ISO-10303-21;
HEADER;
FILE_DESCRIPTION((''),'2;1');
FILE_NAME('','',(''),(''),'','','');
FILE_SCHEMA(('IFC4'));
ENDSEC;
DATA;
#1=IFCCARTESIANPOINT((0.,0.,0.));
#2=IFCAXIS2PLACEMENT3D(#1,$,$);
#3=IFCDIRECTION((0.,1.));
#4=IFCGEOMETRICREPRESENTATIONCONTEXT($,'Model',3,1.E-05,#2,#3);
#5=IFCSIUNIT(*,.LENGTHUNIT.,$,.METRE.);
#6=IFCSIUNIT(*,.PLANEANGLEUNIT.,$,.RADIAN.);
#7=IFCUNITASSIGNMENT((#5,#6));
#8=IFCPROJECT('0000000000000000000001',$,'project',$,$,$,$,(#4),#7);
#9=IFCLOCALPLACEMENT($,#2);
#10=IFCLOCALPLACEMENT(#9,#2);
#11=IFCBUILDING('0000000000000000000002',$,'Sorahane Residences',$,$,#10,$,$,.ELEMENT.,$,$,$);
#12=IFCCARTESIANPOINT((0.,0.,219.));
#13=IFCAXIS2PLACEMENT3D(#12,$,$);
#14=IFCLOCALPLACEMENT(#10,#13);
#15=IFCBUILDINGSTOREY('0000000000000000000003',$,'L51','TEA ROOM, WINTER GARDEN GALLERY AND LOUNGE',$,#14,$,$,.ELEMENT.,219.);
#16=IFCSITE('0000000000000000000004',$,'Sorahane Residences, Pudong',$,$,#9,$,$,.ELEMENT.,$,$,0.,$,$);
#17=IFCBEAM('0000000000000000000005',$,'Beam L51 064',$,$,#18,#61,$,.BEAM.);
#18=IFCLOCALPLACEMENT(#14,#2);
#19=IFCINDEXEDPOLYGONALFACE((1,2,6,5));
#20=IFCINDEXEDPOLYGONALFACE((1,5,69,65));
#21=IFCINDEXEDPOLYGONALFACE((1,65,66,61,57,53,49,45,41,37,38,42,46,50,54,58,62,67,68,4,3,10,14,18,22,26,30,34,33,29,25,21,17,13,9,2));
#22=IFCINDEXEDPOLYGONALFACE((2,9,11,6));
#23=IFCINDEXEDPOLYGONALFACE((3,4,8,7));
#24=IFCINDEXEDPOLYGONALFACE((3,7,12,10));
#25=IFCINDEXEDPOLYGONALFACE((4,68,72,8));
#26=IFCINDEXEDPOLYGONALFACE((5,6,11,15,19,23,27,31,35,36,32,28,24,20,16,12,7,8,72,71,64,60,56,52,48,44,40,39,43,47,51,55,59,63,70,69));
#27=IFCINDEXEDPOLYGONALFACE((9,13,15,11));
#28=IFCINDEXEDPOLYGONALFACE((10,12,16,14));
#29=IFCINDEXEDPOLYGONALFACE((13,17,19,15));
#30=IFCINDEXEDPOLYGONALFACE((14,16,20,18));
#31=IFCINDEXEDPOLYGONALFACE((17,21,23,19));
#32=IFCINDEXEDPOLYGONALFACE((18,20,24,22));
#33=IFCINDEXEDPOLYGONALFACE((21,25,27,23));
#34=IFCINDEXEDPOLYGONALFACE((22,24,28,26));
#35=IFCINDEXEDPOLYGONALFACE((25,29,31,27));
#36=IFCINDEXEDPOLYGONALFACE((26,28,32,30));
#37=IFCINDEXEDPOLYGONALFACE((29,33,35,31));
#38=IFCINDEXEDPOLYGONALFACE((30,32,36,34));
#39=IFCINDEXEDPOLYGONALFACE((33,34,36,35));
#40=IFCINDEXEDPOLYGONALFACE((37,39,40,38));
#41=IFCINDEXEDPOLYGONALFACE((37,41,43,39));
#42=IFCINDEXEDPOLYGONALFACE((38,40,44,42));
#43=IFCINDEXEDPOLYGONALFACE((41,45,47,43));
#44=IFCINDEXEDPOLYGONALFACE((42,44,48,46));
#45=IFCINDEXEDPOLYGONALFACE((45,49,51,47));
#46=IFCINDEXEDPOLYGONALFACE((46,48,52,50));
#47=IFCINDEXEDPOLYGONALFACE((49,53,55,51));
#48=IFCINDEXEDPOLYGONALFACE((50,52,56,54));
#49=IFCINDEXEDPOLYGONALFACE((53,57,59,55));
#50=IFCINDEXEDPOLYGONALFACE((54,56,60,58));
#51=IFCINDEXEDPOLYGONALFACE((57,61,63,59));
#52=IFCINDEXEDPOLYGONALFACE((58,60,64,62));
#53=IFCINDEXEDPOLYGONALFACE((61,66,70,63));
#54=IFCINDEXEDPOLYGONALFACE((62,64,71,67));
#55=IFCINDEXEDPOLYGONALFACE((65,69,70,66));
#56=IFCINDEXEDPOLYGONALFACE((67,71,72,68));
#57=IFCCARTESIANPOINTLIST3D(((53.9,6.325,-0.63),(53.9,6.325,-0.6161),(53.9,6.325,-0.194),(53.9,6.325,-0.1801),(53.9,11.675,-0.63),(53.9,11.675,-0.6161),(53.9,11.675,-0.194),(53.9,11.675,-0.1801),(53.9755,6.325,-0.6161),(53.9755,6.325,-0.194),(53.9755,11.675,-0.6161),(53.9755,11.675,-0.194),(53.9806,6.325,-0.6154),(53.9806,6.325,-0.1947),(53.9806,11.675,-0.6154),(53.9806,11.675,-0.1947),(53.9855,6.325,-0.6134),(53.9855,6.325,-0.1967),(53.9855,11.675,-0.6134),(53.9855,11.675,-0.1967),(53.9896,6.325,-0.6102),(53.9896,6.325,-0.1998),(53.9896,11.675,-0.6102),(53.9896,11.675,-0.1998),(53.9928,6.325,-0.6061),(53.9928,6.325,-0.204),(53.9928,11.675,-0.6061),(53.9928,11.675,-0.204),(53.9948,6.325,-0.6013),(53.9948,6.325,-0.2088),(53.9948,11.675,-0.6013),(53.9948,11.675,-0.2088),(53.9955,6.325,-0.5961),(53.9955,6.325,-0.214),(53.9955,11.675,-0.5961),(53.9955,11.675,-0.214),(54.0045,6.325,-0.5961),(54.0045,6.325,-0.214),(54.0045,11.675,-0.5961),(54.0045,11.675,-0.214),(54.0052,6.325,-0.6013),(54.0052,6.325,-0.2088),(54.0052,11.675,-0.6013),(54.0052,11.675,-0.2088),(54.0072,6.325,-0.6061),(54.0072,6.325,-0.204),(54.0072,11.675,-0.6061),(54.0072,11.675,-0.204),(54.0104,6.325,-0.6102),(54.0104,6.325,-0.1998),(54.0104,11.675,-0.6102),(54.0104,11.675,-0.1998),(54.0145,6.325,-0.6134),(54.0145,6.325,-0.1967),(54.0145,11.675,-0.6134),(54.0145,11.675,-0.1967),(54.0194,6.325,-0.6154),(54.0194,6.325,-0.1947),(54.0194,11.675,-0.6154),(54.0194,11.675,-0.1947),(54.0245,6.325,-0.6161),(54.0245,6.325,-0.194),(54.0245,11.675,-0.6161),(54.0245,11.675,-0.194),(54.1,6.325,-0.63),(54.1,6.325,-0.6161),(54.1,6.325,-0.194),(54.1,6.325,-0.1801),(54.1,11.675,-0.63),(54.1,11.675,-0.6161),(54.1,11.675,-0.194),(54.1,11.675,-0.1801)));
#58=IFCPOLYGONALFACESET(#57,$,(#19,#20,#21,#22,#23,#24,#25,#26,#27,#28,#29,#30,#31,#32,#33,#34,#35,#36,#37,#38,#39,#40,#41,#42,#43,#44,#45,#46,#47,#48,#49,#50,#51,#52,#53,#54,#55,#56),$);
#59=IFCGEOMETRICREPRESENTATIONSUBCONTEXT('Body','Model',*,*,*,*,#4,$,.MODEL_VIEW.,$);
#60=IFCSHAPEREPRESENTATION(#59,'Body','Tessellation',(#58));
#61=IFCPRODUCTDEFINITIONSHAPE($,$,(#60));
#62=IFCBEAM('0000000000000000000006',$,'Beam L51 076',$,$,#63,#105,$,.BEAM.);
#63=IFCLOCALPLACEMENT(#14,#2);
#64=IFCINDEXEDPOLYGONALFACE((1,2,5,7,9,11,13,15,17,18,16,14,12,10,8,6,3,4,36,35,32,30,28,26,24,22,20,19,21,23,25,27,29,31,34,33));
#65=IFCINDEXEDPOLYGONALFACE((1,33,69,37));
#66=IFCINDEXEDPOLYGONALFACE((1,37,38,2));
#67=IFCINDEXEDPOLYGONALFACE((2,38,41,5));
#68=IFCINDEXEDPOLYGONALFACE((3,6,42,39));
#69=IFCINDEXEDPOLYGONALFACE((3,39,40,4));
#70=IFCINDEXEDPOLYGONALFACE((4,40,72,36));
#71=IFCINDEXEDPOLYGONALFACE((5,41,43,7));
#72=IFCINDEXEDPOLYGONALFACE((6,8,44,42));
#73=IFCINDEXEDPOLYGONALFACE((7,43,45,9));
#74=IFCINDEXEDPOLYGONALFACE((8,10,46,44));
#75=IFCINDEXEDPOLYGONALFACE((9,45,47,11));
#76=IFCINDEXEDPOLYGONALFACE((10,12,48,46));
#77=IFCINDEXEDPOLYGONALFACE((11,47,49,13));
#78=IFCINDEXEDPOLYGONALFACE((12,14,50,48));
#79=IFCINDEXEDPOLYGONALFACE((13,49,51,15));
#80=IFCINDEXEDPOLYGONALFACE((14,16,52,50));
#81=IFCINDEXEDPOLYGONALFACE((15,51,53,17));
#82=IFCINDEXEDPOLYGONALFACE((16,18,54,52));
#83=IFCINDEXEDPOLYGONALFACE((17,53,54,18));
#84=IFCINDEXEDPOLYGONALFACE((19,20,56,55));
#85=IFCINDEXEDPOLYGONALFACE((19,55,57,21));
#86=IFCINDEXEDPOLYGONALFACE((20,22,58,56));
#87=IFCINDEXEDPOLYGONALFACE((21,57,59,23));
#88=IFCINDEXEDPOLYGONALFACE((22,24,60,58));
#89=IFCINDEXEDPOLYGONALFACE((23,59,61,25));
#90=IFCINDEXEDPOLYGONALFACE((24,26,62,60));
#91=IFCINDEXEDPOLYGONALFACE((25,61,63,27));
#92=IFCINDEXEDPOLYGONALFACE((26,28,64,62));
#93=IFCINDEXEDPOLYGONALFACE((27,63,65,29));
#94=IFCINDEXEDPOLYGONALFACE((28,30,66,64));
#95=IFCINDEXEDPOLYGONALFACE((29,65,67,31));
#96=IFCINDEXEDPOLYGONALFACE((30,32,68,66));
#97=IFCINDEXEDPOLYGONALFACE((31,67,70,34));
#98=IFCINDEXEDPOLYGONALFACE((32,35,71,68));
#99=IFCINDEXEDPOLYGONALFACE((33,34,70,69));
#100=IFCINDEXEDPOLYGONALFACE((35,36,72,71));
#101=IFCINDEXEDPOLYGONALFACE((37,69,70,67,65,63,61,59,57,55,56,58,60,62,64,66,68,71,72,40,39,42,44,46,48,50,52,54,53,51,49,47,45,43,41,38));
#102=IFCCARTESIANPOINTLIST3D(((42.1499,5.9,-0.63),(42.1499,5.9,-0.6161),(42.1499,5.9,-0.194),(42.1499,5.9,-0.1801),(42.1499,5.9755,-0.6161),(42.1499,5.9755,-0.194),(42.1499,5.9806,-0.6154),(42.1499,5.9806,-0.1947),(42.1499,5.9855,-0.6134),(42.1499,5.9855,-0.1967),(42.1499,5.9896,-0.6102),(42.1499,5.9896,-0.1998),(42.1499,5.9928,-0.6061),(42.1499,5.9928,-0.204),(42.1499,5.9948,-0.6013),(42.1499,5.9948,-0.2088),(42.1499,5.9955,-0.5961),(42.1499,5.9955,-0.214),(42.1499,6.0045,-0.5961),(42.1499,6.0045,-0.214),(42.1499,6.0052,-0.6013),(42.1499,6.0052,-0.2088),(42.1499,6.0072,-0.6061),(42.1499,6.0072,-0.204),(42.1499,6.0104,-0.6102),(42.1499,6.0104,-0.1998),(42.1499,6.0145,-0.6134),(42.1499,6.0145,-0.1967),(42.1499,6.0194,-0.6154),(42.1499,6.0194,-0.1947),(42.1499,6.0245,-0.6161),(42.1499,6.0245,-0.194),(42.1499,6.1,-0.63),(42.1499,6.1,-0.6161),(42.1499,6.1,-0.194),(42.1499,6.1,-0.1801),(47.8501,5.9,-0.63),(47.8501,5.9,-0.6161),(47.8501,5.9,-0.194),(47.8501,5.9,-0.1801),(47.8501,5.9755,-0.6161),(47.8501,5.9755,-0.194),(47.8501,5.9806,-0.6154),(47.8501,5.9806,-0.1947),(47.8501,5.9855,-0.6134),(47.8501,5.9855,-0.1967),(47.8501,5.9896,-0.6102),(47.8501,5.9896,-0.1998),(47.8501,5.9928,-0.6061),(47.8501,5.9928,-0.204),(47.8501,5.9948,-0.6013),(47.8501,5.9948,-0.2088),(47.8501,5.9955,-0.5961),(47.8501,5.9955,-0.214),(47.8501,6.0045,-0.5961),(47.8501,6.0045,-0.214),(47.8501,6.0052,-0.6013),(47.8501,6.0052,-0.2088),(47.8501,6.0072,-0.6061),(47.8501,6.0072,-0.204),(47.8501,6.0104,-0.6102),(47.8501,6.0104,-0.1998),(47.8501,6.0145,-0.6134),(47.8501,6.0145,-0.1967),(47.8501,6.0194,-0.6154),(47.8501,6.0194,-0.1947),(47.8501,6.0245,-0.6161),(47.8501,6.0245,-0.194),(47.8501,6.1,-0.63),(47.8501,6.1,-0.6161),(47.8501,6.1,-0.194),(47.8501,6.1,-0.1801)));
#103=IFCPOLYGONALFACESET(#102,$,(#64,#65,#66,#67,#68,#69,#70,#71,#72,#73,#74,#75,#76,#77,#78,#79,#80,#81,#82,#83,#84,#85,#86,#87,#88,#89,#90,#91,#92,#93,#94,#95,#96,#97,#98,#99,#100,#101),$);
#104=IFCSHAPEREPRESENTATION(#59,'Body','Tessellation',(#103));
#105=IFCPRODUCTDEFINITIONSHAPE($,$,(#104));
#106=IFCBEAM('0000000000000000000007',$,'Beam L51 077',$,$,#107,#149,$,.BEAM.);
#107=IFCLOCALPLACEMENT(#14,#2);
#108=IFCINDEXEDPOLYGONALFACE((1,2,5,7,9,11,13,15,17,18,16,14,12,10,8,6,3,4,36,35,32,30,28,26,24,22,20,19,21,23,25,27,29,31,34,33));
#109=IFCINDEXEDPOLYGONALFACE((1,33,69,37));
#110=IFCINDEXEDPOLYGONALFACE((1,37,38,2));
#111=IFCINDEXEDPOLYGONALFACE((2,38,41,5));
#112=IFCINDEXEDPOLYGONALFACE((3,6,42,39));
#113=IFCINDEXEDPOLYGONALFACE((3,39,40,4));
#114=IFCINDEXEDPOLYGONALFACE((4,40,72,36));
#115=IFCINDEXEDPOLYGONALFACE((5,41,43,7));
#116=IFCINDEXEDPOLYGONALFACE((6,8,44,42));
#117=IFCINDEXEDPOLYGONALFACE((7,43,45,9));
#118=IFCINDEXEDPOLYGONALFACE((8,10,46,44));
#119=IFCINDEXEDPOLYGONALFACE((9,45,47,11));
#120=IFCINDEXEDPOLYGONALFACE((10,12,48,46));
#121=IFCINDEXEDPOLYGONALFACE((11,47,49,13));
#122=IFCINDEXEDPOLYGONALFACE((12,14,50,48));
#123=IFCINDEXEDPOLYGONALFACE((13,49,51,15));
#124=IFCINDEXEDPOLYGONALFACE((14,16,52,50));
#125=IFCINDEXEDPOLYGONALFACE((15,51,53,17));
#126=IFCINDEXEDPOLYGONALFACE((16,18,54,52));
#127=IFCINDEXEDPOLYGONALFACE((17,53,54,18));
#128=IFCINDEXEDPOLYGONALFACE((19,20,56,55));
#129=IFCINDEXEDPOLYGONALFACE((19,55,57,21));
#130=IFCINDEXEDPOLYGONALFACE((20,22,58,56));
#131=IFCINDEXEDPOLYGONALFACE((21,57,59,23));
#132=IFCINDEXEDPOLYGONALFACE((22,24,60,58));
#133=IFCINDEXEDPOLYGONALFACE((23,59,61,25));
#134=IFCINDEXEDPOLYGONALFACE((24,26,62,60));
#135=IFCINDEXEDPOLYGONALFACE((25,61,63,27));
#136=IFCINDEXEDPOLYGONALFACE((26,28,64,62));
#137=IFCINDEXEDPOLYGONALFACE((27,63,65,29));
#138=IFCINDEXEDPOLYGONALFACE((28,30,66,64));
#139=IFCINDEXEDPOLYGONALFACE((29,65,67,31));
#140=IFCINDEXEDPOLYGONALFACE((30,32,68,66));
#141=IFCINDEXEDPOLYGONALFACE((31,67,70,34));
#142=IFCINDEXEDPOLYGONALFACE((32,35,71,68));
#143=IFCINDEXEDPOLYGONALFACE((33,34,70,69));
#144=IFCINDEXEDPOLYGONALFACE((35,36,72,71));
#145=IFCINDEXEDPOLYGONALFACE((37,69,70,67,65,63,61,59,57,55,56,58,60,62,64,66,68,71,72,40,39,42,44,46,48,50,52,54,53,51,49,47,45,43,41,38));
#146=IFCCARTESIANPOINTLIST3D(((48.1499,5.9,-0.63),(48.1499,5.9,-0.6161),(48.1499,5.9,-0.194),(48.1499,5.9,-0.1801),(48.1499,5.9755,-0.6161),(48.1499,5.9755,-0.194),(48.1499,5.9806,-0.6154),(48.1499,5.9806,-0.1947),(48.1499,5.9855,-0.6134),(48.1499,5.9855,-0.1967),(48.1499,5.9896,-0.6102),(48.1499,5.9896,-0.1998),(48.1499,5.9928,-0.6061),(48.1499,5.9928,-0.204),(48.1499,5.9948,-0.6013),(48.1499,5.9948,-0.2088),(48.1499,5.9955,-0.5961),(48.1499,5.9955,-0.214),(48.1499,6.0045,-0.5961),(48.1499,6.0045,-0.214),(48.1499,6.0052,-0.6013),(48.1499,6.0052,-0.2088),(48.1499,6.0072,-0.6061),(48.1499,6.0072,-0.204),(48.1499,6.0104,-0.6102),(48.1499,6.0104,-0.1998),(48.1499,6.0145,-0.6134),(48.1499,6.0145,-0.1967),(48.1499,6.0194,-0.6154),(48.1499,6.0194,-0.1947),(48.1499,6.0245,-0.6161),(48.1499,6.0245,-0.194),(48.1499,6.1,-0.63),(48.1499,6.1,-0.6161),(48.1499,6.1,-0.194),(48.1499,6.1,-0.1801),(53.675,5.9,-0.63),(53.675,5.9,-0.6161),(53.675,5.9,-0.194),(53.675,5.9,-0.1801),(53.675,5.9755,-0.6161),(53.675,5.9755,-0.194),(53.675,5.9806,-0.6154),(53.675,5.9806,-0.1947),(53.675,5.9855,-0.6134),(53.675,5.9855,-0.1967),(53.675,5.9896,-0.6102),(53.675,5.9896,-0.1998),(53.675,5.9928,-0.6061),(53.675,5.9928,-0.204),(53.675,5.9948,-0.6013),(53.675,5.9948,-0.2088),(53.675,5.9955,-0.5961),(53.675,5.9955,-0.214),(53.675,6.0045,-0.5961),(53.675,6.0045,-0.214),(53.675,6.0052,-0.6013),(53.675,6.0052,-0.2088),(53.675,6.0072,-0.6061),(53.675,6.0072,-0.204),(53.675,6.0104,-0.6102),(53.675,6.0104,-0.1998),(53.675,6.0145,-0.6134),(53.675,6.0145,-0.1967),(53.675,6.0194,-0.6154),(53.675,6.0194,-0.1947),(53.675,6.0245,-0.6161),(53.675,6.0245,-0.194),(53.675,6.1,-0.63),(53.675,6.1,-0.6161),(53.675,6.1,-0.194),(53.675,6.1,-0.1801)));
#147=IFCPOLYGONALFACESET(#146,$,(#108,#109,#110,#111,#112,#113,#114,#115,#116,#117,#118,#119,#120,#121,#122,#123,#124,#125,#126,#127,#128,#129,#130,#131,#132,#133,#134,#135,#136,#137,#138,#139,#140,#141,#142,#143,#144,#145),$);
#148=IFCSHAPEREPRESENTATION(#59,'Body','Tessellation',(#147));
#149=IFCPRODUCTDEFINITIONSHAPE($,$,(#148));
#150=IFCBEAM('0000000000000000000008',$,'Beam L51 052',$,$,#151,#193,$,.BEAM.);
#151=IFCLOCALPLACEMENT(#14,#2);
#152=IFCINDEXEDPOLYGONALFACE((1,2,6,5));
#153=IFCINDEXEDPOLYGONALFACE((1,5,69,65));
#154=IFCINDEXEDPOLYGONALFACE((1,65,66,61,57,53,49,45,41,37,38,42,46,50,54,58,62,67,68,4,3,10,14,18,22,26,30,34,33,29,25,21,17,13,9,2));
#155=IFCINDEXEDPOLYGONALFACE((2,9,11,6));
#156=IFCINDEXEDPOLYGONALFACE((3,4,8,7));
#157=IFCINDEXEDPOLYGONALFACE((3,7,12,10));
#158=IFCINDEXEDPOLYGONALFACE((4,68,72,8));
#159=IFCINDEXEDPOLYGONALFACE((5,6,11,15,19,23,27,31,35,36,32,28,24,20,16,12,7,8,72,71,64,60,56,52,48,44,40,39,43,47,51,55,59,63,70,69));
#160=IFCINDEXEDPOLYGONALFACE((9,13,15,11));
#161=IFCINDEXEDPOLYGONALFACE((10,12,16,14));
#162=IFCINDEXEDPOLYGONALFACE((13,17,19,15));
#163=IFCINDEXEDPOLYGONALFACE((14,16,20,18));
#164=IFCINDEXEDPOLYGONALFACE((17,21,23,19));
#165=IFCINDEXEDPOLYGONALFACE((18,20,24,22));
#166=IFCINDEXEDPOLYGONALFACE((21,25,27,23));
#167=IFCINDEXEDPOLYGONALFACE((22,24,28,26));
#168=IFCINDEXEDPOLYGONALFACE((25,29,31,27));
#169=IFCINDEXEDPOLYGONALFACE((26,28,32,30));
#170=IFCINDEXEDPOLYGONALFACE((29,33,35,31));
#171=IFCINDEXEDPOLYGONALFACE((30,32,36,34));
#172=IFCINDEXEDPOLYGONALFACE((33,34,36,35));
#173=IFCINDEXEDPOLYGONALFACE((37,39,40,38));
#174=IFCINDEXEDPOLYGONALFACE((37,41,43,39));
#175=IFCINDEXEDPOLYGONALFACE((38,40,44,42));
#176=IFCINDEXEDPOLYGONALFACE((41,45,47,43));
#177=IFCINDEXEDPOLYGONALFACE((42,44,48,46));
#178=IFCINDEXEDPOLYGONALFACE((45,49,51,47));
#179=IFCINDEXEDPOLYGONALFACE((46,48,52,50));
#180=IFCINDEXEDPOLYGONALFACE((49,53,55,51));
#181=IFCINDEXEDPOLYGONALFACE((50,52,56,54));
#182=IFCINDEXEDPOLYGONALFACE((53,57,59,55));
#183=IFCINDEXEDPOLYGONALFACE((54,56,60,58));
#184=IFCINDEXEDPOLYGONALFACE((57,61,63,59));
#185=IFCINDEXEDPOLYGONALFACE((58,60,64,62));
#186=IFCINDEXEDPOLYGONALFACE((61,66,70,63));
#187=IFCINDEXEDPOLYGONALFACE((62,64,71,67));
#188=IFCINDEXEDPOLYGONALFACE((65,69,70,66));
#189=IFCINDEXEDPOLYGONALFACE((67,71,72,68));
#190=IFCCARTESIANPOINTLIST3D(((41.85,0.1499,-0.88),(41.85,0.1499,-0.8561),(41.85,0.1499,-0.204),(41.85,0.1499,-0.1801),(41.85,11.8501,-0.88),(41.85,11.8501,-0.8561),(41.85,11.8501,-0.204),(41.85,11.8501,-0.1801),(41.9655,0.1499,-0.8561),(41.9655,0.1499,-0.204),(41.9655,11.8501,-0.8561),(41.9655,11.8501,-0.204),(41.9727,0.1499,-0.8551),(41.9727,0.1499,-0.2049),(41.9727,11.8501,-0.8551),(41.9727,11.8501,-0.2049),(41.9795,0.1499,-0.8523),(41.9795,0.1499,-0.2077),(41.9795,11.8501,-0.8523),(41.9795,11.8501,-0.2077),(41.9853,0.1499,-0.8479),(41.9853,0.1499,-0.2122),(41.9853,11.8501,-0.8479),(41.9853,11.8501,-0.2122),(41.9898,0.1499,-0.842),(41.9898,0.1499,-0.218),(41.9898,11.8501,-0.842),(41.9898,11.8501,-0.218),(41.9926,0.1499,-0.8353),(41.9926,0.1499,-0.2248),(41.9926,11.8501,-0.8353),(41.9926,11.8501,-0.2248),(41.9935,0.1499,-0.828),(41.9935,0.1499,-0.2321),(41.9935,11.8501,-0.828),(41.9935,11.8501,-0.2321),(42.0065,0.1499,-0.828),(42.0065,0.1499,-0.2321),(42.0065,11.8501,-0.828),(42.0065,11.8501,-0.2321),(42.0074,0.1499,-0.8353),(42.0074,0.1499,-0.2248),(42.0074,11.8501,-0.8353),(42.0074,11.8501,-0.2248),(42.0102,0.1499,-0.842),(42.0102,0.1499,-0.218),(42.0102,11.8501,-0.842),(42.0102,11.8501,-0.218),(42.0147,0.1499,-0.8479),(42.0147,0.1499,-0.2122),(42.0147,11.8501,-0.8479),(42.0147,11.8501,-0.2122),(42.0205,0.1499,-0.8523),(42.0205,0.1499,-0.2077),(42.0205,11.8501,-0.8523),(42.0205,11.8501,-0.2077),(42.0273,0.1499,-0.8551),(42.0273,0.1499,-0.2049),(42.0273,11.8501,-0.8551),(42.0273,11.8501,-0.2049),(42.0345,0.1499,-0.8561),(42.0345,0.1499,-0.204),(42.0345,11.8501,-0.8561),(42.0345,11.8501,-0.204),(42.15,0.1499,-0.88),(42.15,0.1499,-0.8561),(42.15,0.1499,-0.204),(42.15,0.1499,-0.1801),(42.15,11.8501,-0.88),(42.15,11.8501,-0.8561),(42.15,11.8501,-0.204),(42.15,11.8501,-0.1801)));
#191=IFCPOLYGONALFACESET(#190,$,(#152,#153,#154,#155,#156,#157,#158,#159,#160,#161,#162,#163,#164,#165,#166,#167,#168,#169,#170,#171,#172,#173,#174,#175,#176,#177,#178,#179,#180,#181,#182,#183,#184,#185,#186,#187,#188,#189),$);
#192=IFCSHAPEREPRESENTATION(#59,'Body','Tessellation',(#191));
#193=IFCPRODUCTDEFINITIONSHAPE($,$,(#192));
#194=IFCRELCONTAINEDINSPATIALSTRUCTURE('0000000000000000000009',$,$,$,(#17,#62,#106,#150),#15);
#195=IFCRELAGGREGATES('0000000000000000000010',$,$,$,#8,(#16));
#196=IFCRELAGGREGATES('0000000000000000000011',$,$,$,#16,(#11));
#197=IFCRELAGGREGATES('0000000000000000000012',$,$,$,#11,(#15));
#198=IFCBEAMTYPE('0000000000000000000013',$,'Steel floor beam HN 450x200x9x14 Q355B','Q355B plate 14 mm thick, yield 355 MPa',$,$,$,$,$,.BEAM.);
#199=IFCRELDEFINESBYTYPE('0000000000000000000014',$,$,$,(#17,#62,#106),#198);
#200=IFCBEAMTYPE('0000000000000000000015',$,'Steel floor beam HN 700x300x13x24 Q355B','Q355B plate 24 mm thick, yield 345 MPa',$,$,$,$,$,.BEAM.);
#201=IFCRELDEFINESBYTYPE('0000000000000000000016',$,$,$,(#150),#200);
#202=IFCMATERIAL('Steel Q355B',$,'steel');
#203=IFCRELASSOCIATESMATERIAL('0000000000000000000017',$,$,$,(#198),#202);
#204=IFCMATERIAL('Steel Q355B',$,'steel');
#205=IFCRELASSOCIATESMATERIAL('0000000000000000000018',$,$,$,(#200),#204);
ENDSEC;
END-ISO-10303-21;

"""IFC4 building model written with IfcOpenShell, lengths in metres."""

from ifc_helpers import new_model, si_unit, direction, frame, origin, origin_2d, place, context, subcontext, project, spatial, i_section, extrude, material, material_profile, profile_set, type_object, element, save


model = new_model("IFC4")

# Units and contexts
model_context = context("Model", 3, precision=1e-05, world=origin(), true_north=direction((0.0, 1.0)))
body_context = subcontext(model_context, "Body", "Model", "MODEL_VIEW")
ifc_project = project(units=[si_unit("LENGTHUNIT", "METRE"), si_unit("PLANEANGLEUNIT", "RADIAN")], contexts=[model_context])

# Site, building, storey
site_placement = place(None, origin())
site = spatial("IfcSite", under=ifc_project, at=site_placement, Name="Sorahane Residences, Pudong", CompositionType="ELEMENT", RefElevation=0.0)
building_placement = place(site_placement, origin())
building = spatial("IfcBuilding", under=site, at=building_placement, Name="Sorahane Residences", CompositionType="ELEMENT")
storey_placement = place(building_placement, frame((0.0, 0.0, 219.0)))
storey = spatial("IfcBuildingStorey", under=building, at=storey_placement, Name="L51", Description="TEA ROOM, WINTER GARDEN GALLERY AND LOUNGE", CompositionType="ELEMENT", Elevation=219.0)

# Beams
ifc_material_1 = material(Name="Steel Q355B", Category="steel")
ifc_material_profile_1 = material_profile(ifc_material_1, i_section(OverallWidth=0.2, OverallDepth=0.45, WebThickness=0.009, FlangeThickness=0.0139, FilletRadius=0.02, at=origin_2d()), Name="HN 450x200x9x14")
ifc_profile_set_1 = profile_set([ifc_material_profile_1], Name="Steel Q355B")
beam_type_1 = type_object("IfcBeamType", Name="Steel floor beam HN 450x200x9x14 Q355B", Description="Q355B plate 14 mm thick, yield 355 MPa", PredefinedType="BEAM", material=ifc_profile_set_1)
beam_1_placement = place(storey_placement, frame((54.0, 6.325, -0.405), z_axis=(0.0, 1.0, 0.0), x_axis=(-1.0, 0.0, 0.0)))
element("IfcBeam", 1, at=beam_1_placement, inside=storey, type_object=beam_type_1, Name="Beam L51 064", PredefinedType="BEAM", context=body_context, shape_type="SweptSolid", body=[
    extrude(i_section(OverallWidth=0.2, OverallDepth=0.45, WebThickness=0.009, FlangeThickness=0.0139, FilletRadius=0.02, at=origin_2d()), origin(), (0.0, 0.0, 1.0), 5.3501),
])
beam_2_placement = place(storey_placement, frame((42.1499, 6.0, -0.405), z_axis=(1.0, 0.0, 0.0), x_axis=(0.0, 1.0, 0.0)))
element("IfcBeam", 2, at=beam_2_placement, inside=storey, type_object=beam_type_1, Name="Beam L51 076", PredefinedType="BEAM", context=body_context, shape_type="SweptSolid", body=[
    extrude(i_section(OverallWidth=0.2, OverallDepth=0.45, WebThickness=0.009, FlangeThickness=0.0139, FilletRadius=0.02, at=origin_2d()), origin(), (0.0, 0.0, 1.0), 5.7002),
])
beam_3_placement = place(storey_placement, frame((48.1499, 6.0, -0.405), z_axis=(1.0, 0.0, 0.0), x_axis=(0.0, 1.0, 0.0)))
element("IfcBeam", 3, at=beam_3_placement, inside=storey, type_object=beam_type_1, Name="Beam L51 077", PredefinedType="BEAM", context=body_context, shape_type="SweptSolid", body=[
    extrude(i_section(OverallWidth=0.2, OverallDepth=0.45, WebThickness=0.009, FlangeThickness=0.0139, FilletRadius=0.02, at=origin_2d()), origin(), (0.0, 0.0, 1.0), 5.5251),
])
ifc_material_2 = material(Name="Steel Q355B", Category="steel")
ifc_material_profile_2 = material_profile(ifc_material_2, i_section(OverallWidth=0.3, OverallDepth=0.7, WebThickness=0.0129, FlangeThickness=0.0239, FilletRadius=0.0281, at=origin_2d()), Name="HN 700x300x13x24")
ifc_profile_set_2 = profile_set([ifc_material_profile_2], Name="Steel Q355B")
beam_type_2 = type_object("IfcBeamType", Name="Steel floor beam HN 700x300x13x24 Q355B", Description="Q355B plate 24 mm thick, yield 345 MPa", PredefinedType="BEAM", material=ifc_profile_set_2)
beam_4_placement = place(storey_placement, frame((42.0, 0.1499, -0.53), z_axis=(0.0, 1.0, 0.0), x_axis=(-1.0, 0.0, 0.0)))
element("IfcBeam", 4, at=beam_4_placement, inside=storey, type_object=beam_type_2, Name="Beam L51 052", PredefinedType="BEAM", context=body_context, shape_type="SweptSolid", body=[
    extrude(i_section(OverallWidth=0.3, OverallDepth=0.7, WebThickness=0.0129, FlangeThickness=0.0239, FilletRadius=0.0281, at=origin_2d()), origin(), (0.0, 0.0, 1.0), 11.7002),
])

save(model, "model.ifc")
